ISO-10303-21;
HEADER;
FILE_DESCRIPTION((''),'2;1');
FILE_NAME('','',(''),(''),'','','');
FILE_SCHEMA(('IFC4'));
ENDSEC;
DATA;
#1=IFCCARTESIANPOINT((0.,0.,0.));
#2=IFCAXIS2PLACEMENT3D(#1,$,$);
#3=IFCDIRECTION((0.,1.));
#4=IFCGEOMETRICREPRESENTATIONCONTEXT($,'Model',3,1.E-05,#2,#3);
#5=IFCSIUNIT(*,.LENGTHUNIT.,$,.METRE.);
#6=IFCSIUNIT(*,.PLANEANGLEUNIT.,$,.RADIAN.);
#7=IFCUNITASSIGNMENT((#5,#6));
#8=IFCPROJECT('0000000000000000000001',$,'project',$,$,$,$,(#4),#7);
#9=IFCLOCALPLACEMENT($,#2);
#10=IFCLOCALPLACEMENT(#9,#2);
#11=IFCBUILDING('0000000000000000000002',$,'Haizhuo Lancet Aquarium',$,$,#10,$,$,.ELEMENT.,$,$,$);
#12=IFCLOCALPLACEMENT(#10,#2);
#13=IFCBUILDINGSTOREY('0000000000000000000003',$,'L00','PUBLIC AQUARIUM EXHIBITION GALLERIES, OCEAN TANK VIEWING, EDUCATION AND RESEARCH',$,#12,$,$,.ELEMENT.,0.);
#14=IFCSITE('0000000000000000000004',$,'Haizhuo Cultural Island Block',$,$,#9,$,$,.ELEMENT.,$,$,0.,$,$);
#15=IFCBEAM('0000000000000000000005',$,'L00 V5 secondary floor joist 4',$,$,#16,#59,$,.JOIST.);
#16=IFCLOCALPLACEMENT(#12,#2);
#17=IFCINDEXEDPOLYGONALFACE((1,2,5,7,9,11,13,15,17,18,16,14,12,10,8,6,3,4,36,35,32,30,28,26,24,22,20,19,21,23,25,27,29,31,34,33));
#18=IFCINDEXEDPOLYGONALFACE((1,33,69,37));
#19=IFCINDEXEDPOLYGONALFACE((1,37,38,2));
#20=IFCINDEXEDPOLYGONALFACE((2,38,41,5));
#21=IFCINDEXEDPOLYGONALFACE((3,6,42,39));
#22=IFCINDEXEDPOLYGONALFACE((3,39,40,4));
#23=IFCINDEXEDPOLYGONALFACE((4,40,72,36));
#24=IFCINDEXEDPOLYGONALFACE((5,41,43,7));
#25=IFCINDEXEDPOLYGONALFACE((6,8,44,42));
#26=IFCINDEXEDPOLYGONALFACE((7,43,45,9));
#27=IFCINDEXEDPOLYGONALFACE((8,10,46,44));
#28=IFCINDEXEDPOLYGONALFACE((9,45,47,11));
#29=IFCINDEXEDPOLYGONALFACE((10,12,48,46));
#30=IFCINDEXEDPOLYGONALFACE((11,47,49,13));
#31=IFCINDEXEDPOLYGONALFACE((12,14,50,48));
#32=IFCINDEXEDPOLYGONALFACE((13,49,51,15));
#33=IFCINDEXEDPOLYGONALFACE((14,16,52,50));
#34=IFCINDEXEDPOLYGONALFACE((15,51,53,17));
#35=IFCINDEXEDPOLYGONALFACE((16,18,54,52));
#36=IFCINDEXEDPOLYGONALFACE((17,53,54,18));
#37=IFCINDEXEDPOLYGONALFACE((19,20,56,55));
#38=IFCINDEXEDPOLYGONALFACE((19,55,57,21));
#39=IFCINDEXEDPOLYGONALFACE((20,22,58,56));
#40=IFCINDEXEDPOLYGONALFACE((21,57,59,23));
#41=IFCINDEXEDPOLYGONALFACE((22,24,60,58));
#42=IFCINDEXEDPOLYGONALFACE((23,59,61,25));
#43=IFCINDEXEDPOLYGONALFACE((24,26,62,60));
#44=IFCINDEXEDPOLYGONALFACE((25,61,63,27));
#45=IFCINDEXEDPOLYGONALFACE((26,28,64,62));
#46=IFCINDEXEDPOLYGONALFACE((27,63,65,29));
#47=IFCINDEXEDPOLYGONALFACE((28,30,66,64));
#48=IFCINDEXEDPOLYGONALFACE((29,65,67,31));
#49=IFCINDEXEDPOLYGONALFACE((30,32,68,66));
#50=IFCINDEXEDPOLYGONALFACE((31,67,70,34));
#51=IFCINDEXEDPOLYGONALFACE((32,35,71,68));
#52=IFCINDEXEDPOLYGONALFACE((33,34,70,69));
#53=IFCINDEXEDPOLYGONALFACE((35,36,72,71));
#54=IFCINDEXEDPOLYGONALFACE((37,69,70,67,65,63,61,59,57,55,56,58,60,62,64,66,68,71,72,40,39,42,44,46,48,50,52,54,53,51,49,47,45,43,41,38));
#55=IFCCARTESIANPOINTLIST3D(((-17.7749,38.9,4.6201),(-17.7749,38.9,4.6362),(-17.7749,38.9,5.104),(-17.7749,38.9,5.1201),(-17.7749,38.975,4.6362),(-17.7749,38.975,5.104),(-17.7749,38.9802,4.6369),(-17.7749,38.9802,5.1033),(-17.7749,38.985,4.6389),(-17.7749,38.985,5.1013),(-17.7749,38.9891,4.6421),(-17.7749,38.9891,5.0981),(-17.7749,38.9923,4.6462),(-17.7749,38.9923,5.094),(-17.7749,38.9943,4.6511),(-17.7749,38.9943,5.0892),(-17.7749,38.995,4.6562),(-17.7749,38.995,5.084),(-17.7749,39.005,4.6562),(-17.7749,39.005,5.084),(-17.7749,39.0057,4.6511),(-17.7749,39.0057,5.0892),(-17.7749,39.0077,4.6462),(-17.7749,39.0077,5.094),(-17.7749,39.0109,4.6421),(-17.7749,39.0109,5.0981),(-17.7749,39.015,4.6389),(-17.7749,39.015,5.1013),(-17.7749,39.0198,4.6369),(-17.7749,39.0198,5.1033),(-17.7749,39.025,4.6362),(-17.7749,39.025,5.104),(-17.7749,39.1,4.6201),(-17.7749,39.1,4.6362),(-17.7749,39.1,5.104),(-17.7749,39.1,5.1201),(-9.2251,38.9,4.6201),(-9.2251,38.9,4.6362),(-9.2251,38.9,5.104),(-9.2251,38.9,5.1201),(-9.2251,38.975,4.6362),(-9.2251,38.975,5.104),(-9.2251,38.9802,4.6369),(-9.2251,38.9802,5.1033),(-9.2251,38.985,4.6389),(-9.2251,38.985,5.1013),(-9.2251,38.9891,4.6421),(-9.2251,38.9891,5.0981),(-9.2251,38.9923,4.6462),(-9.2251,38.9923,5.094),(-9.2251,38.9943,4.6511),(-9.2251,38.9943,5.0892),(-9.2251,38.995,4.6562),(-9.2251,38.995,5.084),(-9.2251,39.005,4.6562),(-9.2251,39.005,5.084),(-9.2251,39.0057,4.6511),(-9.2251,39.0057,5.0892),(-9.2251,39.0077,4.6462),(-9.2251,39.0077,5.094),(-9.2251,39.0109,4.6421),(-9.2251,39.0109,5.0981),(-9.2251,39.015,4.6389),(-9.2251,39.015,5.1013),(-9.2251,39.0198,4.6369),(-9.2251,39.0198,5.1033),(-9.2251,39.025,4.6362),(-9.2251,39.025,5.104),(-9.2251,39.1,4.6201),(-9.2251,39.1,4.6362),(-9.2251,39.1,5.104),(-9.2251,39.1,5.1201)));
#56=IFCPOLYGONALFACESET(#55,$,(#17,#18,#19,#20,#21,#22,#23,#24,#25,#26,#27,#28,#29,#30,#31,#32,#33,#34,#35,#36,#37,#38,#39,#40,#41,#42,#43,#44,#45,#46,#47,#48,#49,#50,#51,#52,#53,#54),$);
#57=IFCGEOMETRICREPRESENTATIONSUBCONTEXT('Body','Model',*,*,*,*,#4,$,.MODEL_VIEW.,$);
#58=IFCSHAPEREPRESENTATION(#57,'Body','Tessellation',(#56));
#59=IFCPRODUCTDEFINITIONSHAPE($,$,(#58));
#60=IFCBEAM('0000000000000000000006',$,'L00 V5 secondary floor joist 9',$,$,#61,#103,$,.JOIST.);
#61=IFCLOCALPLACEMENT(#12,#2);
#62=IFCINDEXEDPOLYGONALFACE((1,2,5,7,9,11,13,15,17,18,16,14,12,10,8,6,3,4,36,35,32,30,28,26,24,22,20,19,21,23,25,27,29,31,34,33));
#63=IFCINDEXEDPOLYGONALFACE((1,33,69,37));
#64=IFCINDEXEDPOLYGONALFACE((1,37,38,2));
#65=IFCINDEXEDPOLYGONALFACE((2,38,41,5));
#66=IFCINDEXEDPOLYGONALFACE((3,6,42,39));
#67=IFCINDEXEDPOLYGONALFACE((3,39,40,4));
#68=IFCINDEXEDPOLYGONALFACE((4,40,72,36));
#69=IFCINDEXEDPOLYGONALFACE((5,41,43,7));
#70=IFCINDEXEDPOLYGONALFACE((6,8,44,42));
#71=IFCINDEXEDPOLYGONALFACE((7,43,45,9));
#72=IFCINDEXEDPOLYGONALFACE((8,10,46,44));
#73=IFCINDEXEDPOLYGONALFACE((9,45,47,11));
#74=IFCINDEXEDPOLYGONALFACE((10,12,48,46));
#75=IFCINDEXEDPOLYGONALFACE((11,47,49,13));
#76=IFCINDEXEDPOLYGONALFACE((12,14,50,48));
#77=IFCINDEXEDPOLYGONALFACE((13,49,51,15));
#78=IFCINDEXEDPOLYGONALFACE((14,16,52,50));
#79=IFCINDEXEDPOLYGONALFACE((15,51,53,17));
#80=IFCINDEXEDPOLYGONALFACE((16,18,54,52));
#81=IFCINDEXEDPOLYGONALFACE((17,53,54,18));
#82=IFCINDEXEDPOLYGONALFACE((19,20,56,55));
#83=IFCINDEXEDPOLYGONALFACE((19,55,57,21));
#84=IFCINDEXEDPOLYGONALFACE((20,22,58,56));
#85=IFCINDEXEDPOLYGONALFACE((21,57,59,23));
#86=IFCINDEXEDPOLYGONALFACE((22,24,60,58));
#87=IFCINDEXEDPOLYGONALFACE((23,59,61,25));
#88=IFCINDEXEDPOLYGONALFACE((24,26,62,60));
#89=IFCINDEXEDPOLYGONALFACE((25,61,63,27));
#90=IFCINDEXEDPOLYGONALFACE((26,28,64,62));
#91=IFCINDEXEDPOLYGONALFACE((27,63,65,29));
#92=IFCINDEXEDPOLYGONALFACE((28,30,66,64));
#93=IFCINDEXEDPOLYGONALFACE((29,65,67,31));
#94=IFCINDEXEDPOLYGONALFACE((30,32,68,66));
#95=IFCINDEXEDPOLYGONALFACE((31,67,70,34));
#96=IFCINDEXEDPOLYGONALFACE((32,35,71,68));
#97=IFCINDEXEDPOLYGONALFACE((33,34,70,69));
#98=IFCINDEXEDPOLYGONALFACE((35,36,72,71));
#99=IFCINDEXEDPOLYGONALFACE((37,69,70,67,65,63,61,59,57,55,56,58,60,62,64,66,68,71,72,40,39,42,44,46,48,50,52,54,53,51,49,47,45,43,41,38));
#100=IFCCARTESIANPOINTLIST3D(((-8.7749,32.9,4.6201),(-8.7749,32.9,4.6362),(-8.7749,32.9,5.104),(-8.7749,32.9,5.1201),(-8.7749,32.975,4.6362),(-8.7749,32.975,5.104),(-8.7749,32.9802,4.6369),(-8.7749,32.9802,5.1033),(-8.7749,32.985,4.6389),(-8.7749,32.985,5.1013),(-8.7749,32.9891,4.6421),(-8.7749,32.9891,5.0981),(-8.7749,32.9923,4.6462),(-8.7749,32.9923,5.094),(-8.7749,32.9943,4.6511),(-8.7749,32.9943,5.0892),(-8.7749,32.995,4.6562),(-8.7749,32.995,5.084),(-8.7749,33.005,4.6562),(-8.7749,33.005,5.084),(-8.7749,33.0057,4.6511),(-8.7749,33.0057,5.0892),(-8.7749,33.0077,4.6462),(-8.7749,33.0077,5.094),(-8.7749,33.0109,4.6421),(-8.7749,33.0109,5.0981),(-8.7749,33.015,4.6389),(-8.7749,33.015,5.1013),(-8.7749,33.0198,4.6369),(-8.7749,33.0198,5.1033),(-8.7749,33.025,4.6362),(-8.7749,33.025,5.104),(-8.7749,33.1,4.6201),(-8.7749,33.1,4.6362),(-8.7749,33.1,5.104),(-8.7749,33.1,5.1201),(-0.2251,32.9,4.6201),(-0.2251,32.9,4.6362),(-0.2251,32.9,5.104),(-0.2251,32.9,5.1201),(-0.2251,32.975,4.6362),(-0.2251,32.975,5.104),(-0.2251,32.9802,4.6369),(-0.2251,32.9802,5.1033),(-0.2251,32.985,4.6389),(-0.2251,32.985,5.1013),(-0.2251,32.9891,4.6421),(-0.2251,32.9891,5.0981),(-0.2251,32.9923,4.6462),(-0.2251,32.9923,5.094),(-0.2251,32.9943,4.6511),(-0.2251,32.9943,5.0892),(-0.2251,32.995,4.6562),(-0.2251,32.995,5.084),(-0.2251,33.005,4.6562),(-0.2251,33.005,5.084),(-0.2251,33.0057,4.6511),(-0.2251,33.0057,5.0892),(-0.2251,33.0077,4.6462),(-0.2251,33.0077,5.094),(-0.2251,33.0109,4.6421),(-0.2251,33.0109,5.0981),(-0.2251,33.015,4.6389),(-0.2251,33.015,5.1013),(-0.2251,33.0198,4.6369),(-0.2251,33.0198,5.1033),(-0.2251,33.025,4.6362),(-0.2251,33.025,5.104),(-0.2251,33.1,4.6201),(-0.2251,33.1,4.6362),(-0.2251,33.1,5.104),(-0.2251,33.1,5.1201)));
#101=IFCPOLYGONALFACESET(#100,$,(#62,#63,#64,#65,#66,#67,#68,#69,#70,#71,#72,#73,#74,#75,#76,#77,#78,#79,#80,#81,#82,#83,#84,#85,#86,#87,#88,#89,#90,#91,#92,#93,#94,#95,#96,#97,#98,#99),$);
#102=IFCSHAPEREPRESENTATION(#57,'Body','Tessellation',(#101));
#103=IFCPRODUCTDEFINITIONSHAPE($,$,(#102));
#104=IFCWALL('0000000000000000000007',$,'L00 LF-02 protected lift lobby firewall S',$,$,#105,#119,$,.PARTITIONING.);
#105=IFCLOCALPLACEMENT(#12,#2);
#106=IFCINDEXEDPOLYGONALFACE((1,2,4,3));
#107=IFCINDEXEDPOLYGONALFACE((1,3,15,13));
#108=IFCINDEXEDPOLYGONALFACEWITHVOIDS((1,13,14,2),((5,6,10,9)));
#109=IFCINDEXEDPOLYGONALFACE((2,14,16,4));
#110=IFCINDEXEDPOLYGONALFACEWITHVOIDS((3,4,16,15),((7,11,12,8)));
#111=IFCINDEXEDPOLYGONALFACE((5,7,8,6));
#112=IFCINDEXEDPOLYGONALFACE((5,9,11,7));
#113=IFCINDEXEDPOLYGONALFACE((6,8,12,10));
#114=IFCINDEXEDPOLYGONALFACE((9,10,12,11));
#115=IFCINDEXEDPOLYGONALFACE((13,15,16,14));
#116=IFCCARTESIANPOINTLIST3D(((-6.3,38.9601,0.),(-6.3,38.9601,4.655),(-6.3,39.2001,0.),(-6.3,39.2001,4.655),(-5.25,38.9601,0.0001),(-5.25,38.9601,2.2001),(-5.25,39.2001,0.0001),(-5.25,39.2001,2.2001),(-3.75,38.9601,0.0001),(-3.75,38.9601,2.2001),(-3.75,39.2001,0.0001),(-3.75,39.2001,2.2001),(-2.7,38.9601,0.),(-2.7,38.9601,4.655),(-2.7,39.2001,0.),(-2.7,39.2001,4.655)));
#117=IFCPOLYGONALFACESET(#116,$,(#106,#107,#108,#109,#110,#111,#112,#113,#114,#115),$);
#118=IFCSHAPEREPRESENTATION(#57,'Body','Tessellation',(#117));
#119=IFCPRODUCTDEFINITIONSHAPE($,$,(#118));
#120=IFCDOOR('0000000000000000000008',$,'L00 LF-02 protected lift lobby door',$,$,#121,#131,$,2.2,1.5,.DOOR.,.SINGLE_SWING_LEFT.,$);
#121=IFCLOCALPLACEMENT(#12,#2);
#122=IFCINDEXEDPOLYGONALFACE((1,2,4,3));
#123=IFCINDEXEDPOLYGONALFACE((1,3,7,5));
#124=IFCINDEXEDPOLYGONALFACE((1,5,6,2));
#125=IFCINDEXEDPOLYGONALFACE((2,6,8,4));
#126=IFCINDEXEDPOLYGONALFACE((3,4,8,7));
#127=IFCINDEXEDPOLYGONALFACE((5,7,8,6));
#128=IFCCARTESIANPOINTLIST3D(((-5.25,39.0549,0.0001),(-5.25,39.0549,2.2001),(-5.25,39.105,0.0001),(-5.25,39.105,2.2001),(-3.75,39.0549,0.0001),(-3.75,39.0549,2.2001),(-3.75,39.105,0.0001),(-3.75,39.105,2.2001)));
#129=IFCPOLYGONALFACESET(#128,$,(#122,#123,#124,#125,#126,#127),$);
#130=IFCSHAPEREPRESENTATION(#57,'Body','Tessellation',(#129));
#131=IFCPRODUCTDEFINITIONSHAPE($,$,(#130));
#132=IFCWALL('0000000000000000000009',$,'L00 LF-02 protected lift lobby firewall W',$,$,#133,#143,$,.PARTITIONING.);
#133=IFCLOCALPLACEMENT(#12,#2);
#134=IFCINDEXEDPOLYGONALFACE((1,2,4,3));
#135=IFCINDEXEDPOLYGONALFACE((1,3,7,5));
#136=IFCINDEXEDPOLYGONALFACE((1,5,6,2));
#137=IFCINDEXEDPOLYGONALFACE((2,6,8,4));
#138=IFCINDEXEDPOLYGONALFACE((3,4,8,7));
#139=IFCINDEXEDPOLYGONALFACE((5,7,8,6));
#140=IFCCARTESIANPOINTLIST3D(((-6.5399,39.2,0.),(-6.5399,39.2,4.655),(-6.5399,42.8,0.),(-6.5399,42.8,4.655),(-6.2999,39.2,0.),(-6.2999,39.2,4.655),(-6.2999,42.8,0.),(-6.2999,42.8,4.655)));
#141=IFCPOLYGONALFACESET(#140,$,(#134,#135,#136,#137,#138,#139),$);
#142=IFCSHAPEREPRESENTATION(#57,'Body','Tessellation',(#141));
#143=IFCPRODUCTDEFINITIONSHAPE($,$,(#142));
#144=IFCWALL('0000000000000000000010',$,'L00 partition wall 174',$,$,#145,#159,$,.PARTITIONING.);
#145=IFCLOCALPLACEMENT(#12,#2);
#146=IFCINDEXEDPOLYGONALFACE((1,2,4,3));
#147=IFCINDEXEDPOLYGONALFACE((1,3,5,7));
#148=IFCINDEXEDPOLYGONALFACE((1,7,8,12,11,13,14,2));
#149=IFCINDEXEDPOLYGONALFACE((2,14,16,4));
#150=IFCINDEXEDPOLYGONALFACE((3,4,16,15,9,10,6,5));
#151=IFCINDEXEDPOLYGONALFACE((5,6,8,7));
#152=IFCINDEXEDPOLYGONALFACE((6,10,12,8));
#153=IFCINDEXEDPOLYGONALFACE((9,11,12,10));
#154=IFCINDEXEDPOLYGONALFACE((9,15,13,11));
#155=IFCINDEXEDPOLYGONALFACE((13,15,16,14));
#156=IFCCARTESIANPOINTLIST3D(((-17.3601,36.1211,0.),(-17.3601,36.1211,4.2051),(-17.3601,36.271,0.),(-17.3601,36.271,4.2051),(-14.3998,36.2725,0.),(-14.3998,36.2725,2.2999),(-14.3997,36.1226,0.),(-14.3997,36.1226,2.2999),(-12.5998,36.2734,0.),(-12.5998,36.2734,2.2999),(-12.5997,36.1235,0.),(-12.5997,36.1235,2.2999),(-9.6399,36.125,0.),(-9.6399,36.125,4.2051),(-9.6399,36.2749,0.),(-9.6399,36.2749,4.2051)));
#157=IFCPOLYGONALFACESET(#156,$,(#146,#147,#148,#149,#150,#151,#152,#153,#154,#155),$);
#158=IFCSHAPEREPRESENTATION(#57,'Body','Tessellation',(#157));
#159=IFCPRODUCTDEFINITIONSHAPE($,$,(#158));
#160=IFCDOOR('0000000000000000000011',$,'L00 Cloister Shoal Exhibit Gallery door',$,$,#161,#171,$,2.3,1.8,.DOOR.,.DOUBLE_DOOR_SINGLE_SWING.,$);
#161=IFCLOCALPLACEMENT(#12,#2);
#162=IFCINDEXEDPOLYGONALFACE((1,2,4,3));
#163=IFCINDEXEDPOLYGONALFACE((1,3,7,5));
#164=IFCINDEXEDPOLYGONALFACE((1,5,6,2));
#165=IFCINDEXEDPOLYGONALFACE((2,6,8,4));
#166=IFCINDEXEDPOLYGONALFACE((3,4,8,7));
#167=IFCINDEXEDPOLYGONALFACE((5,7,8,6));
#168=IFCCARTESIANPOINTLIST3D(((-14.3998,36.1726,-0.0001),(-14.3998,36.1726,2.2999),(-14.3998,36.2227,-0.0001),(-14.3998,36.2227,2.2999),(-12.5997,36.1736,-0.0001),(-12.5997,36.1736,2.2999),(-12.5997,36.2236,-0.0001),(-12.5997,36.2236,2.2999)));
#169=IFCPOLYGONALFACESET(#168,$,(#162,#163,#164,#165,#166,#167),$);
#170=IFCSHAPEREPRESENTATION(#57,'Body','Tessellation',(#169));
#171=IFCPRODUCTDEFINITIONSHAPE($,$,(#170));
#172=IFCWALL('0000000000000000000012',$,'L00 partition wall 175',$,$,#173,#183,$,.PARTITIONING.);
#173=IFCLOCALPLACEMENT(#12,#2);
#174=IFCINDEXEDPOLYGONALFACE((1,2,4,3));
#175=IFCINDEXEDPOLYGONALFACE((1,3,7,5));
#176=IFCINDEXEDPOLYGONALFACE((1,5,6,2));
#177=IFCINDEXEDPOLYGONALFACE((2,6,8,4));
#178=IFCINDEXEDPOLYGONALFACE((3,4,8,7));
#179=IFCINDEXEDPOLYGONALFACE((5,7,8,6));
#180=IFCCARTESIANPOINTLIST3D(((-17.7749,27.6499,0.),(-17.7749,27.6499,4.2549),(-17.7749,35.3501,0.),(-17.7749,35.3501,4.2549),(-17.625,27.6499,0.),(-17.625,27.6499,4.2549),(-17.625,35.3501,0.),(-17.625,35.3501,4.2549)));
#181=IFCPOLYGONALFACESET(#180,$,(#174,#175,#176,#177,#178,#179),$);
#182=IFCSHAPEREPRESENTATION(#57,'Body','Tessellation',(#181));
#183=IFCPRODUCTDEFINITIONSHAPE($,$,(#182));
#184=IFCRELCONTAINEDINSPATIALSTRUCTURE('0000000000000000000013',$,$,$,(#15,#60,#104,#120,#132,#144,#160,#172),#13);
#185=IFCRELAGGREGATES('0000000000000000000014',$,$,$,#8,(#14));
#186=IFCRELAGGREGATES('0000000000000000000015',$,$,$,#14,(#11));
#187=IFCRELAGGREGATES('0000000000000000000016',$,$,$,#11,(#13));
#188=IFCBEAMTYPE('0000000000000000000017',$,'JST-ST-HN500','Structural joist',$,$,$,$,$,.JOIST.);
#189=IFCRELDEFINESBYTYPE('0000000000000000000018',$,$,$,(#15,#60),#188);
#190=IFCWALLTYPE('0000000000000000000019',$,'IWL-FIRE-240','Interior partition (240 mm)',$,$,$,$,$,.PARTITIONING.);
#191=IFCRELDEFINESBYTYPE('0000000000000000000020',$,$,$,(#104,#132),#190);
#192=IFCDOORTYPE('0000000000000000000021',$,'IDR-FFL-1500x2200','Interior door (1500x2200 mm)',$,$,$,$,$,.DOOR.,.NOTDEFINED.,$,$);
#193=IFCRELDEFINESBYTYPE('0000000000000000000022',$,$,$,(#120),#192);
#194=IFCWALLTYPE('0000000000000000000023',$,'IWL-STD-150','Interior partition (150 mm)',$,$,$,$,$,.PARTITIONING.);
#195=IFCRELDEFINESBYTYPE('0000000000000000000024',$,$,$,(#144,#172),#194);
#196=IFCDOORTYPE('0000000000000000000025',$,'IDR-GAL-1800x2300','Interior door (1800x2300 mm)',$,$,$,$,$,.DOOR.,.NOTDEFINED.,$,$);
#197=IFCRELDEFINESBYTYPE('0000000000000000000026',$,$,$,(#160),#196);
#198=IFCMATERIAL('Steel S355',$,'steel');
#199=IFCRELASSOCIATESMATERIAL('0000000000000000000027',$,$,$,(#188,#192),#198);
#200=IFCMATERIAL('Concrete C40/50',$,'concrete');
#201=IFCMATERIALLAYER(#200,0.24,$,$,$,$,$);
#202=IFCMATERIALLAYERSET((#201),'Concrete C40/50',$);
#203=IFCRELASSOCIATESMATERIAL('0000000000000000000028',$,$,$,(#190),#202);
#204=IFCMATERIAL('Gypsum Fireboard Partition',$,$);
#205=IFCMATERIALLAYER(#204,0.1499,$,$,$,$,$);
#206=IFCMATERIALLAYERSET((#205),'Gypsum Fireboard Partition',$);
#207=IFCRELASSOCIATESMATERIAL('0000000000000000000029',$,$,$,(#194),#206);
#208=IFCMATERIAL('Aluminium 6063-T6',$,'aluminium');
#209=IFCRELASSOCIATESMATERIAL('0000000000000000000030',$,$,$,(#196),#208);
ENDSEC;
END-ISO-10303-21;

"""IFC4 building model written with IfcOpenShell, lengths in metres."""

from ifc_helpers import new_model, si_unit, direction, frame, frame_2d, origin, origin_2d, place, context, subcontext, project, spatial, rectangle, i_section, extrude, material, layer, layer_set, material_profile, profile_set, type_object, element, fill, save


model = new_model("IFC4")

# Units and contexts
model_context = context("Model", 3, precision=1e-05, world=origin(), true_north=direction((0.0, 1.0)))
body_context = subcontext(model_context, "Body", "Model", "MODEL_VIEW")
ifc_project = project(units=[si_unit("LENGTHUNIT", "METRE"), si_unit("PLANEANGLEUNIT", "RADIAN")], contexts=[model_context])

# Site, building, storey
site_placement = place(None, origin())
site = spatial("IfcSite", under=ifc_project, at=site_placement, Name="Haizhuo Cultural Island Block", CompositionType="ELEMENT", RefElevation=0.0)
building_placement = place(site_placement, origin())
building = spatial("IfcBuilding", under=site, at=building_placement, Name="Haizhuo Lancet Aquarium", CompositionType="ELEMENT")
storey_placement = place(building_placement, origin())
storey = spatial("IfcBuildingStorey", under=building, at=storey_placement, Name="L00", Description="PUBLIC AQUARIUM EXHIBITION GALLERIES, OCEAN TANK VIEWING, EDUCATION AND RESEARCH", CompositionType="ELEMENT", Elevation=0.0)

# Beams
ifc_material_1 = material(Name="Concrete C40/50", Category="concrete")
ifc_material_2 = material(Name="Steel S355", Category="steel")
ifc_material_profile_1 = material_profile(ifc_material_2, i_section(OverallWidth=0.2, OverallDepth=0.5, WebThickness=0.01, FlangeThickness=0.0161, FilletRadius=0.02, at=origin_2d()), Name="HN 500x200x10x16")
ifc_profile_set_1 = profile_set([ifc_material_profile_1], Name="Steel S355")
beam_type_1 = type_object("IfcBeamType", Name="JST-ST-HN500", Description="Structural joist", PredefinedType="JOIST", material=ifc_profile_set_1)
for number, where, z_axis, x_axis, name in (
    (1, (-17.7749, 39.0, 4.8701), (1.0, 0.0, 0.0), (0.0, 1.0, 0.0), "L00 V5 secondary floor joist 4"),
    (2, (-8.7749, 33.0, 4.8701), (1.0, 0.0, 0.0), (0.0, 1.0, 0.0), "L00 V5 secondary floor joist 9"),
):
    element("IfcBeam", number, at=place(storey_placement, frame(where, z_axis=z_axis, x_axis=x_axis)), inside=storey, type_object=beam_type_1, Name=name, PredefinedType="JOIST", context=body_context, shape_type="SweptSolid", body=[
        extrude(i_section(OverallWidth=0.2, OverallDepth=0.5, WebThickness=0.01, FlangeThickness=0.0161, FilletRadius=0.02, at=origin_2d()), origin(), (0.0, 0.0, 1.0), 8.5498),
    ])

# Wall, opening, door
ifc_layer_1 = layer(ifc_material_1, 0.24)
ifc_layer_set_1 = layer_set([ifc_layer_1], Name="Concrete C40/50")
wall_type_1 = type_object("IfcWallType", Name="IWL-FIRE-240", Description="Interior partition (240 mm)", PredefinedType="PARTITIONING", material=ifc_layer_set_1)
wall_1_placement = place(storey_placement, frame((-6.3, 39.0801, 0.0), z_axis=(0.0, 0.0, 1.0), x_axis=(1.0, 0.0, 0.0)))
wall_1 = element("IfcWall", 3, at=wall_1_placement, inside=storey, type_object=wall_type_1, Name="L00 LF-02 protected lift lobby firewall S", PredefinedType="PARTITIONING", context=body_context, shape_type="SweptSolid", body=[
    extrude(rectangle(XDim=3.6001, YDim=0.24, at=frame_2d((1.8, 0.0))), origin(), (0.0, 0.0, 1.0), 4.655),
])
opening_1_placement = place(wall_1_placement, frame((1.05, 0.0, 0.0)))
opening_1 = element("IfcOpeningElement", 4, at=opening_1_placement, cuts=wall_1, PredefinedType="OPENING", context=body_context, shape_type="SweptSolid", body=[
    extrude(rectangle(XDim=1.5, YDim=2.2, at=frame_2d((0.75, 1.1001))), frame((0.0, 0.1299, 0.0), z_axis=(0.0, -1.0, 0.0), x_axis=(1.0, 0.0, 0.0)), (0.0, 0.0, 1.0), 0.26),
])
door_type_1 = type_object("IfcDoorType", Name="IDR-FFL-1500x2200", Description="Interior door (1500x2200 mm)", OperationType="NOTDEFINED", PredefinedType="DOOR", material=ifc_material_2)
door_1_placement = place(opening_1_placement, origin())
door_1 = element("IfcDoor", 5, at=door_1_placement, inside=storey, type_object=door_type_1, Name="L00 LF-02 protected lift lobby door", OperationType="SINGLE_SWING_LEFT", OverallHeight=2.2, OverallWidth=1.5, PredefinedType="DOOR", context=body_context, shape_type="SweptSolid", body=[
    extrude(rectangle(XDim=1.5, YDim=2.2, at=frame_2d((0.75, 1.1001))), frame((0.0, 0.0249, 0.0), z_axis=(0.0, -1.0, 0.0), x_axis=(1.0, 0.0, 0.0)), (0.0, 0.0, 1.0), 0.05),
])
fill(opening_1, door_1)

# Wall
wall_2_placement = place(storey_placement, frame((-6.4199, 39.2, 0.0), z_axis=(0.0, 0.0, 1.0), x_axis=(0.0, 1.0, 0.0)))
element("IfcWall", 6, at=wall_2_placement, inside=storey, type_object=wall_type_1, Name="L00 LF-02 protected lift lobby firewall W", PredefinedType="PARTITIONING", context=body_context, shape_type="SweptSolid", body=[
    extrude(rectangle(XDim=3.6001, YDim=0.24, at=frame_2d((1.8, 0.0))), origin(), (0.0, 0.0, 1.0), 4.655),
])

# Wall, opening, door
ifc_material_3 = material(Name="Gypsum Fireboard Partition")
ifc_layer_2 = layer(ifc_material_3, 0.1499)
ifc_layer_set_2 = layer_set([ifc_layer_2], Name="Gypsum Fireboard Partition")
wall_type_2 = type_object("IfcWallType", Name="IWL-STD-150", Description="Interior partition (150 mm)", PredefinedType="PARTITIONING", material=ifc_layer_set_2)
wall_3_placement = place(storey_placement, frame((-9.6399, 36.2, 0.0), z_axis=(0.0, 0.0, 1.0), x_axis=(-1.0, -0.000506, 0.0)))
wall_3 = element("IfcWall", 7, at=wall_3_placement, inside=storey, type_object=wall_type_2, Name="L00 partition wall 174", PredefinedType="PARTITIONING", context=body_context, shape_type="SweptSolid", body=[
    extrude(rectangle(XDim=7.7202, YDim=0.1499, at=frame_2d((3.8601, 0.0))), origin(), (0.0, 0.0, 1.0), 4.2051),
])
opening_2_placement = place(wall_3_placement, frame((2.96, 0.0, 0.0)))
opening_2 = element("IfcOpeningElement", 8, at=opening_2_placement, cuts=wall_3, PredefinedType="OPENING", context=body_context, shape_type="SweptSolid", body=[
    extrude(rectangle(XDim=1.8, YDim=2.3, at=frame_2d((0.8999, 1.1499))), frame((0.0, 0.085, 0.0), z_axis=(0.0, -1.0, 0.0), x_axis=(1.0, 0.0, 0.0)), (0.0, 0.0, 1.0), 0.1699),
])
ifc_material_4 = material(Name="Aluminium 6063-T6", Category="aluminium")
door_type_2 = type_object("IfcDoorType", Name="IDR-GAL-1800x2300", Description="Interior door (1800x2300 mm)", OperationType="NOTDEFINED", PredefinedType="DOOR", material=ifc_material_4)
door_2_placement = place(opening_2_placement, origin())
door_2 = element("IfcDoor", 9, at=door_2_placement, inside=storey, type_object=door_type_2, Name="L00 Cloister Shoal Exhibit Gallery door", OperationType="DOUBLE_DOOR_SINGLE_SWING", OverallHeight=2.3, OverallWidth=1.8, PredefinedType="DOOR", context=body_context, shape_type="SweptSolid", body=[
    extrude(rectangle(XDim=1.8, YDim=2.3, at=frame_2d((0.8999, 1.1499))), frame((0.0, 0.0249, 0.0), z_axis=(0.0, -1.0, 0.0), x_axis=(1.0, 0.0, 0.0)), (0.0, 0.0, 1.0), 0.05),
])
fill(opening_2, door_2)

# Wall
wall_4_placement = place(storey_placement, frame((-17.7, 35.3501, 0.0), z_axis=(0.0, 0.0, 1.0), x_axis=(0.0, -1.0, 0.0)))
element("IfcWall", 10, at=wall_4_placement, inside=storey, type_object=wall_type_2, Name="L00 partition wall 175", PredefinedType="PARTITIONING", context=body_context, shape_type="SweptSolid", body=[
    extrude(rectangle(XDim=7.7002, YDim=0.1499, at=frame_2d((3.8501, 0.0))), origin(), (0.0, 0.0, 1.0), 4.2549),
])

save(model, "model.ifc")
